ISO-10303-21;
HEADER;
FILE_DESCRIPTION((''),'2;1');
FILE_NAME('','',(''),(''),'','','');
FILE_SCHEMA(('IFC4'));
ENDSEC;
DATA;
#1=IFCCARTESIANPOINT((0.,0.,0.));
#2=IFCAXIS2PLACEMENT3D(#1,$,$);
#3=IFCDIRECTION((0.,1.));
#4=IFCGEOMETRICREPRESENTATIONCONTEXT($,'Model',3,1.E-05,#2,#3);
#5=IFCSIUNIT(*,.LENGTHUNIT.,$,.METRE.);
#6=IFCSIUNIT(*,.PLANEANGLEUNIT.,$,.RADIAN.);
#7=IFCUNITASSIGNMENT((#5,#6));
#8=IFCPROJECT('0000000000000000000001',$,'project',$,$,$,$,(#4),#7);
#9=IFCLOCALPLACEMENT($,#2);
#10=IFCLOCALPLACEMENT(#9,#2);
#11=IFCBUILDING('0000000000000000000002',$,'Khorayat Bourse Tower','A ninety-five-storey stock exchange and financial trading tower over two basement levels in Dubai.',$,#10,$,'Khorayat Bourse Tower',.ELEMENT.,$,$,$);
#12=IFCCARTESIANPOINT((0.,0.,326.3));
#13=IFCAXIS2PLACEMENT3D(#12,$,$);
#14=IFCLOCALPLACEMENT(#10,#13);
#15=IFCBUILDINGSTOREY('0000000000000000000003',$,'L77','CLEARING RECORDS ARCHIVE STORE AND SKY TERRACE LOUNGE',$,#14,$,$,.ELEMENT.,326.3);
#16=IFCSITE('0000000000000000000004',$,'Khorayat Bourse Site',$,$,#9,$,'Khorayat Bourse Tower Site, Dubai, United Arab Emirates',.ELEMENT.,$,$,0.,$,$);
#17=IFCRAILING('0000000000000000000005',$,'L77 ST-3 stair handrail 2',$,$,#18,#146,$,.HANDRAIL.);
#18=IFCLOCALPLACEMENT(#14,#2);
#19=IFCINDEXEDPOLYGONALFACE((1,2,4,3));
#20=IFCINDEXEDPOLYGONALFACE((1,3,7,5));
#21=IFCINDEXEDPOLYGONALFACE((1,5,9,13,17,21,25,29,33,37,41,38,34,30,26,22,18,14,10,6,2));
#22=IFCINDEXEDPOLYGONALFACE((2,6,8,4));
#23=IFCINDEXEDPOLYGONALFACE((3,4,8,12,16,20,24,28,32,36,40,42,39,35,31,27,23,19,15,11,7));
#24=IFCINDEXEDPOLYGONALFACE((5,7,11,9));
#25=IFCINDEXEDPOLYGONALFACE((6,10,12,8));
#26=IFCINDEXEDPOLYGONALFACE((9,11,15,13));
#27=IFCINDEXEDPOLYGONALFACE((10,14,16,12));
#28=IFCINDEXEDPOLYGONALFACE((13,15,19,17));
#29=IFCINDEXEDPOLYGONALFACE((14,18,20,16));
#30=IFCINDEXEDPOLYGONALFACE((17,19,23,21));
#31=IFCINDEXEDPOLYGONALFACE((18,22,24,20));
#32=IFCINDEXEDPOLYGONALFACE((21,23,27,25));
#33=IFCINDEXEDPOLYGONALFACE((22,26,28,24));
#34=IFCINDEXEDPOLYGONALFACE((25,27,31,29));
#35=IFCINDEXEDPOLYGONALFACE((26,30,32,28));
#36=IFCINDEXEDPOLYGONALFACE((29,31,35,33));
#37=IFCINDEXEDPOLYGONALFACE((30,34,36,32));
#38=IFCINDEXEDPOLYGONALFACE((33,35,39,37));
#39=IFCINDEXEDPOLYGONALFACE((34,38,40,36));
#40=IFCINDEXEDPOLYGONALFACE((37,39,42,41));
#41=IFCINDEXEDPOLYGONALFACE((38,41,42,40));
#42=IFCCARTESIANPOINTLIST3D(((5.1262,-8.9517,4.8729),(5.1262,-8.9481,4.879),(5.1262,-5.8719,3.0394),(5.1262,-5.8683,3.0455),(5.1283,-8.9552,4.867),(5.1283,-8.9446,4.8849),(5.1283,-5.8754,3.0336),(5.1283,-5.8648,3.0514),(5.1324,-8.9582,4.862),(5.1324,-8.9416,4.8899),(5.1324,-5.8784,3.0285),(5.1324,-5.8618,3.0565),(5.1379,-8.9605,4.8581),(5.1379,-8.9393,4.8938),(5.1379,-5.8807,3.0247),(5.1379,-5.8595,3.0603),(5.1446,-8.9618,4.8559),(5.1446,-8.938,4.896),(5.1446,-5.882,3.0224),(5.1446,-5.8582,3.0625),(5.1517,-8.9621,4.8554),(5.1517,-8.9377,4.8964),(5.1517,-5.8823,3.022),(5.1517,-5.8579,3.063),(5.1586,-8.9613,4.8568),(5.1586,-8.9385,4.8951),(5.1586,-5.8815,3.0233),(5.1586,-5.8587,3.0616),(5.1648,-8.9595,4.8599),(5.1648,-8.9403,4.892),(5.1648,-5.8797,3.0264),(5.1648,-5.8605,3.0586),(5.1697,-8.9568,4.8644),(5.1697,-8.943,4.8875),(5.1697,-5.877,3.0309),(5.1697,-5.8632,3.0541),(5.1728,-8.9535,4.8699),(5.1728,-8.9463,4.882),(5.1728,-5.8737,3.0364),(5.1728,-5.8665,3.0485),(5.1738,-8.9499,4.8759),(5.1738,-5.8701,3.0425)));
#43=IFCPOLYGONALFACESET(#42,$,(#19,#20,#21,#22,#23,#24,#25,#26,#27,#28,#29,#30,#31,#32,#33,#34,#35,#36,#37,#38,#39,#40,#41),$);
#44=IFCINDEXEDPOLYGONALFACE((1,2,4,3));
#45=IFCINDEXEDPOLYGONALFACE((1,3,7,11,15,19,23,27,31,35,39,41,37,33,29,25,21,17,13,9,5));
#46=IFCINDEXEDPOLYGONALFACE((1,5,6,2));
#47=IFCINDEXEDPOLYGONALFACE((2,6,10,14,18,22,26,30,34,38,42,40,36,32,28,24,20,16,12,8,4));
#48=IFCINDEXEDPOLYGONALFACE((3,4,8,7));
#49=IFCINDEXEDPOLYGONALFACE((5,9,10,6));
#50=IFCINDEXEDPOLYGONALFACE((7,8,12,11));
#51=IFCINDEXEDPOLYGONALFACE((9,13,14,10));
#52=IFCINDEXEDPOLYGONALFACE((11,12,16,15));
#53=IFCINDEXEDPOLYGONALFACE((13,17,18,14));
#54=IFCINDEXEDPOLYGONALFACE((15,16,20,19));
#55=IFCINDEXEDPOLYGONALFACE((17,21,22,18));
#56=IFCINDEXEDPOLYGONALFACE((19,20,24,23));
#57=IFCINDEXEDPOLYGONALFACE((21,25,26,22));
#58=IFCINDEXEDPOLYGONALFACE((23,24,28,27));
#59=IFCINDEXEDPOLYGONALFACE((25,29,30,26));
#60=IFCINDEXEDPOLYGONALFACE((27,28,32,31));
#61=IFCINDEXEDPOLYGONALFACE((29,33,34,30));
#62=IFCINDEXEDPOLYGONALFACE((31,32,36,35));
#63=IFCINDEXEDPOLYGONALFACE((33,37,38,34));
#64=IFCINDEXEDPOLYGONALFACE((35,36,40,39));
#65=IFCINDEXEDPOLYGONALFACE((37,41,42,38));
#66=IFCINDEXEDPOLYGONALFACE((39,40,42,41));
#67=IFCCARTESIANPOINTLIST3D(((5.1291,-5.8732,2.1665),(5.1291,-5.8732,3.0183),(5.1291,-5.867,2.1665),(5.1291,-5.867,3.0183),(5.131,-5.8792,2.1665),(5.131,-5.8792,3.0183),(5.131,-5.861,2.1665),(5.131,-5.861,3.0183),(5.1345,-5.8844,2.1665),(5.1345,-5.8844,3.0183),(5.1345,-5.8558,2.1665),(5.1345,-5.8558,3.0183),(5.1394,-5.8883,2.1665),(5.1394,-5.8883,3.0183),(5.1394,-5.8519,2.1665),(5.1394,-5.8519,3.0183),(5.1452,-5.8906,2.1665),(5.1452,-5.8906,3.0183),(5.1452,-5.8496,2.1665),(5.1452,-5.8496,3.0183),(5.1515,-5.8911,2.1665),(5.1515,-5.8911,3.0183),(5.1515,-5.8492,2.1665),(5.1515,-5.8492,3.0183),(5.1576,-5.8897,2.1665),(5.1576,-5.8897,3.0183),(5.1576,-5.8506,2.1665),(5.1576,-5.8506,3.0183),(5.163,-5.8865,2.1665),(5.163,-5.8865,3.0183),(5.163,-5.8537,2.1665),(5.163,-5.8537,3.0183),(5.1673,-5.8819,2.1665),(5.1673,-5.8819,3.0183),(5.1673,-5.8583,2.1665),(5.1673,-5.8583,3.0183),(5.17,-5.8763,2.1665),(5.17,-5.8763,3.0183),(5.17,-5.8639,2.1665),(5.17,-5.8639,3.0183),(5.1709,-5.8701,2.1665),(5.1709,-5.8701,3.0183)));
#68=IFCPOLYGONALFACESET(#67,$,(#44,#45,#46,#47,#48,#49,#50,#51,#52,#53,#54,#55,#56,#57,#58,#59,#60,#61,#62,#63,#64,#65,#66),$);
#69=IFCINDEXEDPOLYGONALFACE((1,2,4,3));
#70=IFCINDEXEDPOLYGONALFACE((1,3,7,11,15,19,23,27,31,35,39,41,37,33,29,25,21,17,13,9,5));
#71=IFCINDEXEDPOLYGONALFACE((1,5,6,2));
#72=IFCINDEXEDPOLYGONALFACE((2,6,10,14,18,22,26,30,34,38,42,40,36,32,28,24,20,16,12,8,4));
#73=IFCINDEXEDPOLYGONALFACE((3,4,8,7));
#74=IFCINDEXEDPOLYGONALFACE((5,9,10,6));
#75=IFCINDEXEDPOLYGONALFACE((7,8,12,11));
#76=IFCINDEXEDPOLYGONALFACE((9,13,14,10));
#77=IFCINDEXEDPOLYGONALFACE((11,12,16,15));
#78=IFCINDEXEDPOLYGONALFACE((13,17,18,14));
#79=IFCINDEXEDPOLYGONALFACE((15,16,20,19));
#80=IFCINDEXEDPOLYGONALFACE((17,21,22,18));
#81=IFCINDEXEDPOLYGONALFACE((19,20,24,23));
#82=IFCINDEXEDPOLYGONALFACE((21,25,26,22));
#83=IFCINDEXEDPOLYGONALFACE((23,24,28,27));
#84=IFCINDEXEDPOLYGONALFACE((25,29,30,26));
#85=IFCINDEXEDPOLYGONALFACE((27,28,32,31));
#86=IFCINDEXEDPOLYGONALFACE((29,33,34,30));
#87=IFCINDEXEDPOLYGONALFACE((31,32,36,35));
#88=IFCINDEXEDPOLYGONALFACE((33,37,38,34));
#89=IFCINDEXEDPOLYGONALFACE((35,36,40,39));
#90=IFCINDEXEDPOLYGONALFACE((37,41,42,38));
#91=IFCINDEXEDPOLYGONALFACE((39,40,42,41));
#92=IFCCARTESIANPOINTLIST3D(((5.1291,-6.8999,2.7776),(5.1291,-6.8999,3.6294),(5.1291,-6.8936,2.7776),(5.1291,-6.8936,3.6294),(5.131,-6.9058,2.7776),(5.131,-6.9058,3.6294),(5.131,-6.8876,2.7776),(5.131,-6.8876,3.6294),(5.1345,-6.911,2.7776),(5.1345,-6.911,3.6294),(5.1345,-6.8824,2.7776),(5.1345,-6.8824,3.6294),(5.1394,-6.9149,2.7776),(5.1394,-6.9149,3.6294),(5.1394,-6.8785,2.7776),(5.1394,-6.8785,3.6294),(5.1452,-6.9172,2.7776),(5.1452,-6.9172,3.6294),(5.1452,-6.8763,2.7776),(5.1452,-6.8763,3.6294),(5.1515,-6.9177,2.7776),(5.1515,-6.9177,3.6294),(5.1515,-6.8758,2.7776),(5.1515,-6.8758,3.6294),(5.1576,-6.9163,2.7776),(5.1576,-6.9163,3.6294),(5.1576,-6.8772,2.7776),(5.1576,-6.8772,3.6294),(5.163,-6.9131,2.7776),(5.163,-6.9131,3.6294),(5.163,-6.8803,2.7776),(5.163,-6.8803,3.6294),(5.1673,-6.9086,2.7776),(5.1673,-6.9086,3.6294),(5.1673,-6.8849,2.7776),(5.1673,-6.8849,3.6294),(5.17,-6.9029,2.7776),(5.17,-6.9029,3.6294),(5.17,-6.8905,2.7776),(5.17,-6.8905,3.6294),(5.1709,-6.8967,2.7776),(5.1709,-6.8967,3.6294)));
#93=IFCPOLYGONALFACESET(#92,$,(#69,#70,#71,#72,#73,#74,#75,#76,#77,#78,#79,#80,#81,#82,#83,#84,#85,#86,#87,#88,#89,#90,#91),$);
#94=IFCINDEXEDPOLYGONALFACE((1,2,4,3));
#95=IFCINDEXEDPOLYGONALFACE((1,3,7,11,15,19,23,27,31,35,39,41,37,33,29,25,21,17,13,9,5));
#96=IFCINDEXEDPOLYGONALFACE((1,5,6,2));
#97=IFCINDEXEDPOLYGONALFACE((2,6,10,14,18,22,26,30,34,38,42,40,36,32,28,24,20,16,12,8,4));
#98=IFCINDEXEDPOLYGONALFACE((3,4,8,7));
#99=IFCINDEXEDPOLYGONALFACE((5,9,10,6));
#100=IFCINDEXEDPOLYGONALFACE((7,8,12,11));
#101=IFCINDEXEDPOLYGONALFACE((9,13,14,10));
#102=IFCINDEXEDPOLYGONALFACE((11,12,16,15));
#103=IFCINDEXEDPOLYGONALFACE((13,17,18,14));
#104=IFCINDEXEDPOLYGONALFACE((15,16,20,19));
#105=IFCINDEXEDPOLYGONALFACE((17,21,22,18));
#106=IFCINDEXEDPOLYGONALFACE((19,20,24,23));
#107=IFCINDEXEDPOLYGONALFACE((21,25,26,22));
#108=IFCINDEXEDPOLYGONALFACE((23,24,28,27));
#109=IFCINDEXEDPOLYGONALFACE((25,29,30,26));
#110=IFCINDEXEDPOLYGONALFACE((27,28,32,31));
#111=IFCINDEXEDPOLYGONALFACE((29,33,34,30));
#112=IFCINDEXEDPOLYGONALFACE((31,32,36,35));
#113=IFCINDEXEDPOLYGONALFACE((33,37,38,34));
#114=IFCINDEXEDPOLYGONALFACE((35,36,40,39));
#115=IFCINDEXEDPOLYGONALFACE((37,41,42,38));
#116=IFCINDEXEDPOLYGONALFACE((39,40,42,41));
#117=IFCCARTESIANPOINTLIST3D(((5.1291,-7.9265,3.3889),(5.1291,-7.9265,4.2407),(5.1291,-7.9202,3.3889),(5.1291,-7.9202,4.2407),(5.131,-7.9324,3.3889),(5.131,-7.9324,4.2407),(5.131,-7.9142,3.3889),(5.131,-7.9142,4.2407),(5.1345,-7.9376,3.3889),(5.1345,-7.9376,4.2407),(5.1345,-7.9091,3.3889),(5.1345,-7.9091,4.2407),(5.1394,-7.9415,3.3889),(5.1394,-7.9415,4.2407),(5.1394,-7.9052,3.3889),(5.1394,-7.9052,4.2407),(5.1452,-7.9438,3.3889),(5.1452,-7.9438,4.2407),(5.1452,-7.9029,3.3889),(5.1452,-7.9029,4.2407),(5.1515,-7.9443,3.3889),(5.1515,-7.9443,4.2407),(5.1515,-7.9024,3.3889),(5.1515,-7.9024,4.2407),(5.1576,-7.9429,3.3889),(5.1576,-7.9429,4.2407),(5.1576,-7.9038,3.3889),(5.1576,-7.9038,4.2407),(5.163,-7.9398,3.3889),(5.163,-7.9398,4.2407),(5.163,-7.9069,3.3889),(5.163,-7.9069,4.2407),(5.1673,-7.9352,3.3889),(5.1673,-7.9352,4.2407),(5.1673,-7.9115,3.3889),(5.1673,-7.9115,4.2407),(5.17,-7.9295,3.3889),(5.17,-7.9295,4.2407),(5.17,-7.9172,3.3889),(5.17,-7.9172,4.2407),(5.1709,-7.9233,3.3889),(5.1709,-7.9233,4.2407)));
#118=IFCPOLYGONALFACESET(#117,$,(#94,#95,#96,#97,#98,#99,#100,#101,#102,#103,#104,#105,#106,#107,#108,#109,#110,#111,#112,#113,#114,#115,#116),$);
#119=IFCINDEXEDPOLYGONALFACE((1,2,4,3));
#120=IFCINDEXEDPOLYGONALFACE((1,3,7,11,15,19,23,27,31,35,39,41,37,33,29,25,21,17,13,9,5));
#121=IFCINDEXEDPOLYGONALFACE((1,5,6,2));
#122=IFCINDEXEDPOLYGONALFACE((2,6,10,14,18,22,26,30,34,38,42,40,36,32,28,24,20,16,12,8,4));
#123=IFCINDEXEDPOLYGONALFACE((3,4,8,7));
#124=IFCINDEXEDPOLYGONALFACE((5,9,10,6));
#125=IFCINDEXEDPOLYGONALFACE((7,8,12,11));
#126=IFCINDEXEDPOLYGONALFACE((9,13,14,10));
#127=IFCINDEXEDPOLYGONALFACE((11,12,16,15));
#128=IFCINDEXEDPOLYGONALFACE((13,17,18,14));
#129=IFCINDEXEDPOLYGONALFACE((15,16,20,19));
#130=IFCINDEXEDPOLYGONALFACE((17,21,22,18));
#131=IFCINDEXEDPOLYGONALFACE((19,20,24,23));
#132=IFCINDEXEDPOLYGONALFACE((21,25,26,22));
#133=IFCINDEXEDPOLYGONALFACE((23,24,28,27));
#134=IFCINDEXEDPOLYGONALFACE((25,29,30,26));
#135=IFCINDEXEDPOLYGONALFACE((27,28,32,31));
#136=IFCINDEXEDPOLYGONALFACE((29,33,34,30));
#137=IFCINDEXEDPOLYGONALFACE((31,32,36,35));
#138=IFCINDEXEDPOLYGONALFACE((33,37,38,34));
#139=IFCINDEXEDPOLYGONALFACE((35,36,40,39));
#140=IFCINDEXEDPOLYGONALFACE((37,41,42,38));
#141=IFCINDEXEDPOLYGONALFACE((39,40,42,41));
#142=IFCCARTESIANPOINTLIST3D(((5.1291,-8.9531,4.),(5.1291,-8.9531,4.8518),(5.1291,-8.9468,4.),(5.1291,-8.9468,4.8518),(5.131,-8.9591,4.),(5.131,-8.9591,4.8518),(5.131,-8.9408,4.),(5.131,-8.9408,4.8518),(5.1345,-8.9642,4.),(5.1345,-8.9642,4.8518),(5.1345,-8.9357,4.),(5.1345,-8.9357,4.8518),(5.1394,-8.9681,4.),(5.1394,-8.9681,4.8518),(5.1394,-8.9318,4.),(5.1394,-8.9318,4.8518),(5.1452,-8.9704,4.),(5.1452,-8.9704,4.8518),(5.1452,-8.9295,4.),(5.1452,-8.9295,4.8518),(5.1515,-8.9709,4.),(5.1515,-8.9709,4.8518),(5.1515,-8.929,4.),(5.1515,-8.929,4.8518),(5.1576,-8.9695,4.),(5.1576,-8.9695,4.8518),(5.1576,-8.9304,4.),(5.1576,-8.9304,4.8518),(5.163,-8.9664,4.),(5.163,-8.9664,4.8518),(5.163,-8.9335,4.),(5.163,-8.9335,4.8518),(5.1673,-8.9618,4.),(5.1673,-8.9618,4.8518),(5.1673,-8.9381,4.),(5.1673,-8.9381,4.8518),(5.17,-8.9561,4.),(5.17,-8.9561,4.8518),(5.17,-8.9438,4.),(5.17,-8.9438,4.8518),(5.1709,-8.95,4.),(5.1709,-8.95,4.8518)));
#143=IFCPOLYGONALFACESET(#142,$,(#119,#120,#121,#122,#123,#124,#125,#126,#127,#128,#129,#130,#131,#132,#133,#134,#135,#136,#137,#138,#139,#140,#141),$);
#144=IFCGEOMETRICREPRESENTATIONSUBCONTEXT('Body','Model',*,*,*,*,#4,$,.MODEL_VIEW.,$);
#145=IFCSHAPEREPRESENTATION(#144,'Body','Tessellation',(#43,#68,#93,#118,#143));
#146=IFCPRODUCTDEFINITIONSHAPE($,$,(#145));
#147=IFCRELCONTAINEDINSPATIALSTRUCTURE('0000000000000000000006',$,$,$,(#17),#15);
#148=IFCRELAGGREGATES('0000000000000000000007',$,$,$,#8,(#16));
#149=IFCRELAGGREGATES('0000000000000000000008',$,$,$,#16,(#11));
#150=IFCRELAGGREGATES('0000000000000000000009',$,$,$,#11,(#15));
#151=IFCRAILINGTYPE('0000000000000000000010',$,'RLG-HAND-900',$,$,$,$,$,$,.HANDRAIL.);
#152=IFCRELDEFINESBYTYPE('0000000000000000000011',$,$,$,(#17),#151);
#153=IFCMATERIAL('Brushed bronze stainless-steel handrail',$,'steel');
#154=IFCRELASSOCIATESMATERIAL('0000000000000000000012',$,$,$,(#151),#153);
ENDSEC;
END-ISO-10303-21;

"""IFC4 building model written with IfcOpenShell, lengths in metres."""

from ifc_helpers import new_model, si_unit, direction, frame, origin, origin_2d, place, context, subcontext, project, spatial, circle, extrude, source, transform, mapped, material, type_object, element, save


model = new_model("IFC4")

# Units and contexts
model_context = context("Model", 3, precision=1e-05, world=origin(), true_north=direction((0.0, 1.0)))
body_context = subcontext(model_context, "Body", "Model", "MODEL_VIEW")
ifc_project = project(units=[si_unit("LENGTHUNIT", "METRE"), si_unit("PLANEANGLEUNIT", "RADIAN")], contexts=[model_context])

# Site, building, storey
site_placement = place(None, origin())
site = spatial("IfcSite", under=ifc_project, at=site_placement, Name="Khorayat Bourse Site", LongName="Khorayat Bourse Tower Site, Dubai, United Arab Emirates", CompositionType="ELEMENT", RefElevation=0.0)
building_placement = place(site_placement, origin())
building = spatial("IfcBuilding", under=site, at=building_placement, Name="Khorayat Bourse Tower", Description="A ninety-five-storey stock exchange and financial trading tower over two basement levels in Dubai.", LongName="Khorayat Bourse Tower", CompositionType="ELEMENT")
storey_placement = place(building_placement, frame((0.0, 0.0, 326.3)))
storey = spatial("IfcBuildingStorey", under=building, at=storey_placement, Name="L77", Description="CLEARING RECORDS ARCHIVE STORE AND SKY TERRACE LOUNGE", CompositionType="ELEMENT", Elevation=326.3)

# Railing
ifc_material_1 = material(Name="Brushed bronze stainless-steel handrail", Category="steel")
railing_type_1 = type_object("IfcRailingType", Name="RLG-HAND-900", PredefinedType="HANDRAIL", material=ifc_material_1)
shared_shape_1 = source(origin(), body_context, "Body", "SweptSolid", [
    extrude(circle(Radius=0.0239, at=origin_2d()), frame((0.0, 0.0, 0.876), z_axis=(0.0, -0.859261, 0.511538), x_axis=(1.0, 0.0, 0.0)), (0.0, 0.0, 1.0), 3.5842),
    extrude(circle(Radius=0.021, at=origin_2d()), origin(), (0.0, 0.0, 1.0), 0.8518),
    extrude(circle(Radius=0.021, at=origin_2d()), frame((0.0, -1.0266, 0.6111)), (0.0, 0.0, 1.0), 0.8518),
    extrude(circle(Radius=0.021, at=origin_2d()), frame((0.0, -2.0532, 1.2224)), (0.0, 0.0, 1.0), 0.8518),
    extrude(circle(Radius=0.021, at=origin_2d()), frame((0.0, -3.0798, 1.8335)), (0.0, 0.0, 1.0), 0.8518),
])
railing_1_placement = place(storey_placement, frame((5.1499, -5.8701, 2.1665)))
element("IfcRailing", 1, at=railing_1_placement, inside=storey, type_object=railing_type_1, Name="L77 ST-3 stair handrail 2", PredefinedType="HANDRAIL", context=body_context, shape_type="MappedRepresentation", body=[
    mapped(shared_shape_1, transform((0.0, 0.0, 0.0), scale=1.0)),
])

save(model, "model.ifc")
